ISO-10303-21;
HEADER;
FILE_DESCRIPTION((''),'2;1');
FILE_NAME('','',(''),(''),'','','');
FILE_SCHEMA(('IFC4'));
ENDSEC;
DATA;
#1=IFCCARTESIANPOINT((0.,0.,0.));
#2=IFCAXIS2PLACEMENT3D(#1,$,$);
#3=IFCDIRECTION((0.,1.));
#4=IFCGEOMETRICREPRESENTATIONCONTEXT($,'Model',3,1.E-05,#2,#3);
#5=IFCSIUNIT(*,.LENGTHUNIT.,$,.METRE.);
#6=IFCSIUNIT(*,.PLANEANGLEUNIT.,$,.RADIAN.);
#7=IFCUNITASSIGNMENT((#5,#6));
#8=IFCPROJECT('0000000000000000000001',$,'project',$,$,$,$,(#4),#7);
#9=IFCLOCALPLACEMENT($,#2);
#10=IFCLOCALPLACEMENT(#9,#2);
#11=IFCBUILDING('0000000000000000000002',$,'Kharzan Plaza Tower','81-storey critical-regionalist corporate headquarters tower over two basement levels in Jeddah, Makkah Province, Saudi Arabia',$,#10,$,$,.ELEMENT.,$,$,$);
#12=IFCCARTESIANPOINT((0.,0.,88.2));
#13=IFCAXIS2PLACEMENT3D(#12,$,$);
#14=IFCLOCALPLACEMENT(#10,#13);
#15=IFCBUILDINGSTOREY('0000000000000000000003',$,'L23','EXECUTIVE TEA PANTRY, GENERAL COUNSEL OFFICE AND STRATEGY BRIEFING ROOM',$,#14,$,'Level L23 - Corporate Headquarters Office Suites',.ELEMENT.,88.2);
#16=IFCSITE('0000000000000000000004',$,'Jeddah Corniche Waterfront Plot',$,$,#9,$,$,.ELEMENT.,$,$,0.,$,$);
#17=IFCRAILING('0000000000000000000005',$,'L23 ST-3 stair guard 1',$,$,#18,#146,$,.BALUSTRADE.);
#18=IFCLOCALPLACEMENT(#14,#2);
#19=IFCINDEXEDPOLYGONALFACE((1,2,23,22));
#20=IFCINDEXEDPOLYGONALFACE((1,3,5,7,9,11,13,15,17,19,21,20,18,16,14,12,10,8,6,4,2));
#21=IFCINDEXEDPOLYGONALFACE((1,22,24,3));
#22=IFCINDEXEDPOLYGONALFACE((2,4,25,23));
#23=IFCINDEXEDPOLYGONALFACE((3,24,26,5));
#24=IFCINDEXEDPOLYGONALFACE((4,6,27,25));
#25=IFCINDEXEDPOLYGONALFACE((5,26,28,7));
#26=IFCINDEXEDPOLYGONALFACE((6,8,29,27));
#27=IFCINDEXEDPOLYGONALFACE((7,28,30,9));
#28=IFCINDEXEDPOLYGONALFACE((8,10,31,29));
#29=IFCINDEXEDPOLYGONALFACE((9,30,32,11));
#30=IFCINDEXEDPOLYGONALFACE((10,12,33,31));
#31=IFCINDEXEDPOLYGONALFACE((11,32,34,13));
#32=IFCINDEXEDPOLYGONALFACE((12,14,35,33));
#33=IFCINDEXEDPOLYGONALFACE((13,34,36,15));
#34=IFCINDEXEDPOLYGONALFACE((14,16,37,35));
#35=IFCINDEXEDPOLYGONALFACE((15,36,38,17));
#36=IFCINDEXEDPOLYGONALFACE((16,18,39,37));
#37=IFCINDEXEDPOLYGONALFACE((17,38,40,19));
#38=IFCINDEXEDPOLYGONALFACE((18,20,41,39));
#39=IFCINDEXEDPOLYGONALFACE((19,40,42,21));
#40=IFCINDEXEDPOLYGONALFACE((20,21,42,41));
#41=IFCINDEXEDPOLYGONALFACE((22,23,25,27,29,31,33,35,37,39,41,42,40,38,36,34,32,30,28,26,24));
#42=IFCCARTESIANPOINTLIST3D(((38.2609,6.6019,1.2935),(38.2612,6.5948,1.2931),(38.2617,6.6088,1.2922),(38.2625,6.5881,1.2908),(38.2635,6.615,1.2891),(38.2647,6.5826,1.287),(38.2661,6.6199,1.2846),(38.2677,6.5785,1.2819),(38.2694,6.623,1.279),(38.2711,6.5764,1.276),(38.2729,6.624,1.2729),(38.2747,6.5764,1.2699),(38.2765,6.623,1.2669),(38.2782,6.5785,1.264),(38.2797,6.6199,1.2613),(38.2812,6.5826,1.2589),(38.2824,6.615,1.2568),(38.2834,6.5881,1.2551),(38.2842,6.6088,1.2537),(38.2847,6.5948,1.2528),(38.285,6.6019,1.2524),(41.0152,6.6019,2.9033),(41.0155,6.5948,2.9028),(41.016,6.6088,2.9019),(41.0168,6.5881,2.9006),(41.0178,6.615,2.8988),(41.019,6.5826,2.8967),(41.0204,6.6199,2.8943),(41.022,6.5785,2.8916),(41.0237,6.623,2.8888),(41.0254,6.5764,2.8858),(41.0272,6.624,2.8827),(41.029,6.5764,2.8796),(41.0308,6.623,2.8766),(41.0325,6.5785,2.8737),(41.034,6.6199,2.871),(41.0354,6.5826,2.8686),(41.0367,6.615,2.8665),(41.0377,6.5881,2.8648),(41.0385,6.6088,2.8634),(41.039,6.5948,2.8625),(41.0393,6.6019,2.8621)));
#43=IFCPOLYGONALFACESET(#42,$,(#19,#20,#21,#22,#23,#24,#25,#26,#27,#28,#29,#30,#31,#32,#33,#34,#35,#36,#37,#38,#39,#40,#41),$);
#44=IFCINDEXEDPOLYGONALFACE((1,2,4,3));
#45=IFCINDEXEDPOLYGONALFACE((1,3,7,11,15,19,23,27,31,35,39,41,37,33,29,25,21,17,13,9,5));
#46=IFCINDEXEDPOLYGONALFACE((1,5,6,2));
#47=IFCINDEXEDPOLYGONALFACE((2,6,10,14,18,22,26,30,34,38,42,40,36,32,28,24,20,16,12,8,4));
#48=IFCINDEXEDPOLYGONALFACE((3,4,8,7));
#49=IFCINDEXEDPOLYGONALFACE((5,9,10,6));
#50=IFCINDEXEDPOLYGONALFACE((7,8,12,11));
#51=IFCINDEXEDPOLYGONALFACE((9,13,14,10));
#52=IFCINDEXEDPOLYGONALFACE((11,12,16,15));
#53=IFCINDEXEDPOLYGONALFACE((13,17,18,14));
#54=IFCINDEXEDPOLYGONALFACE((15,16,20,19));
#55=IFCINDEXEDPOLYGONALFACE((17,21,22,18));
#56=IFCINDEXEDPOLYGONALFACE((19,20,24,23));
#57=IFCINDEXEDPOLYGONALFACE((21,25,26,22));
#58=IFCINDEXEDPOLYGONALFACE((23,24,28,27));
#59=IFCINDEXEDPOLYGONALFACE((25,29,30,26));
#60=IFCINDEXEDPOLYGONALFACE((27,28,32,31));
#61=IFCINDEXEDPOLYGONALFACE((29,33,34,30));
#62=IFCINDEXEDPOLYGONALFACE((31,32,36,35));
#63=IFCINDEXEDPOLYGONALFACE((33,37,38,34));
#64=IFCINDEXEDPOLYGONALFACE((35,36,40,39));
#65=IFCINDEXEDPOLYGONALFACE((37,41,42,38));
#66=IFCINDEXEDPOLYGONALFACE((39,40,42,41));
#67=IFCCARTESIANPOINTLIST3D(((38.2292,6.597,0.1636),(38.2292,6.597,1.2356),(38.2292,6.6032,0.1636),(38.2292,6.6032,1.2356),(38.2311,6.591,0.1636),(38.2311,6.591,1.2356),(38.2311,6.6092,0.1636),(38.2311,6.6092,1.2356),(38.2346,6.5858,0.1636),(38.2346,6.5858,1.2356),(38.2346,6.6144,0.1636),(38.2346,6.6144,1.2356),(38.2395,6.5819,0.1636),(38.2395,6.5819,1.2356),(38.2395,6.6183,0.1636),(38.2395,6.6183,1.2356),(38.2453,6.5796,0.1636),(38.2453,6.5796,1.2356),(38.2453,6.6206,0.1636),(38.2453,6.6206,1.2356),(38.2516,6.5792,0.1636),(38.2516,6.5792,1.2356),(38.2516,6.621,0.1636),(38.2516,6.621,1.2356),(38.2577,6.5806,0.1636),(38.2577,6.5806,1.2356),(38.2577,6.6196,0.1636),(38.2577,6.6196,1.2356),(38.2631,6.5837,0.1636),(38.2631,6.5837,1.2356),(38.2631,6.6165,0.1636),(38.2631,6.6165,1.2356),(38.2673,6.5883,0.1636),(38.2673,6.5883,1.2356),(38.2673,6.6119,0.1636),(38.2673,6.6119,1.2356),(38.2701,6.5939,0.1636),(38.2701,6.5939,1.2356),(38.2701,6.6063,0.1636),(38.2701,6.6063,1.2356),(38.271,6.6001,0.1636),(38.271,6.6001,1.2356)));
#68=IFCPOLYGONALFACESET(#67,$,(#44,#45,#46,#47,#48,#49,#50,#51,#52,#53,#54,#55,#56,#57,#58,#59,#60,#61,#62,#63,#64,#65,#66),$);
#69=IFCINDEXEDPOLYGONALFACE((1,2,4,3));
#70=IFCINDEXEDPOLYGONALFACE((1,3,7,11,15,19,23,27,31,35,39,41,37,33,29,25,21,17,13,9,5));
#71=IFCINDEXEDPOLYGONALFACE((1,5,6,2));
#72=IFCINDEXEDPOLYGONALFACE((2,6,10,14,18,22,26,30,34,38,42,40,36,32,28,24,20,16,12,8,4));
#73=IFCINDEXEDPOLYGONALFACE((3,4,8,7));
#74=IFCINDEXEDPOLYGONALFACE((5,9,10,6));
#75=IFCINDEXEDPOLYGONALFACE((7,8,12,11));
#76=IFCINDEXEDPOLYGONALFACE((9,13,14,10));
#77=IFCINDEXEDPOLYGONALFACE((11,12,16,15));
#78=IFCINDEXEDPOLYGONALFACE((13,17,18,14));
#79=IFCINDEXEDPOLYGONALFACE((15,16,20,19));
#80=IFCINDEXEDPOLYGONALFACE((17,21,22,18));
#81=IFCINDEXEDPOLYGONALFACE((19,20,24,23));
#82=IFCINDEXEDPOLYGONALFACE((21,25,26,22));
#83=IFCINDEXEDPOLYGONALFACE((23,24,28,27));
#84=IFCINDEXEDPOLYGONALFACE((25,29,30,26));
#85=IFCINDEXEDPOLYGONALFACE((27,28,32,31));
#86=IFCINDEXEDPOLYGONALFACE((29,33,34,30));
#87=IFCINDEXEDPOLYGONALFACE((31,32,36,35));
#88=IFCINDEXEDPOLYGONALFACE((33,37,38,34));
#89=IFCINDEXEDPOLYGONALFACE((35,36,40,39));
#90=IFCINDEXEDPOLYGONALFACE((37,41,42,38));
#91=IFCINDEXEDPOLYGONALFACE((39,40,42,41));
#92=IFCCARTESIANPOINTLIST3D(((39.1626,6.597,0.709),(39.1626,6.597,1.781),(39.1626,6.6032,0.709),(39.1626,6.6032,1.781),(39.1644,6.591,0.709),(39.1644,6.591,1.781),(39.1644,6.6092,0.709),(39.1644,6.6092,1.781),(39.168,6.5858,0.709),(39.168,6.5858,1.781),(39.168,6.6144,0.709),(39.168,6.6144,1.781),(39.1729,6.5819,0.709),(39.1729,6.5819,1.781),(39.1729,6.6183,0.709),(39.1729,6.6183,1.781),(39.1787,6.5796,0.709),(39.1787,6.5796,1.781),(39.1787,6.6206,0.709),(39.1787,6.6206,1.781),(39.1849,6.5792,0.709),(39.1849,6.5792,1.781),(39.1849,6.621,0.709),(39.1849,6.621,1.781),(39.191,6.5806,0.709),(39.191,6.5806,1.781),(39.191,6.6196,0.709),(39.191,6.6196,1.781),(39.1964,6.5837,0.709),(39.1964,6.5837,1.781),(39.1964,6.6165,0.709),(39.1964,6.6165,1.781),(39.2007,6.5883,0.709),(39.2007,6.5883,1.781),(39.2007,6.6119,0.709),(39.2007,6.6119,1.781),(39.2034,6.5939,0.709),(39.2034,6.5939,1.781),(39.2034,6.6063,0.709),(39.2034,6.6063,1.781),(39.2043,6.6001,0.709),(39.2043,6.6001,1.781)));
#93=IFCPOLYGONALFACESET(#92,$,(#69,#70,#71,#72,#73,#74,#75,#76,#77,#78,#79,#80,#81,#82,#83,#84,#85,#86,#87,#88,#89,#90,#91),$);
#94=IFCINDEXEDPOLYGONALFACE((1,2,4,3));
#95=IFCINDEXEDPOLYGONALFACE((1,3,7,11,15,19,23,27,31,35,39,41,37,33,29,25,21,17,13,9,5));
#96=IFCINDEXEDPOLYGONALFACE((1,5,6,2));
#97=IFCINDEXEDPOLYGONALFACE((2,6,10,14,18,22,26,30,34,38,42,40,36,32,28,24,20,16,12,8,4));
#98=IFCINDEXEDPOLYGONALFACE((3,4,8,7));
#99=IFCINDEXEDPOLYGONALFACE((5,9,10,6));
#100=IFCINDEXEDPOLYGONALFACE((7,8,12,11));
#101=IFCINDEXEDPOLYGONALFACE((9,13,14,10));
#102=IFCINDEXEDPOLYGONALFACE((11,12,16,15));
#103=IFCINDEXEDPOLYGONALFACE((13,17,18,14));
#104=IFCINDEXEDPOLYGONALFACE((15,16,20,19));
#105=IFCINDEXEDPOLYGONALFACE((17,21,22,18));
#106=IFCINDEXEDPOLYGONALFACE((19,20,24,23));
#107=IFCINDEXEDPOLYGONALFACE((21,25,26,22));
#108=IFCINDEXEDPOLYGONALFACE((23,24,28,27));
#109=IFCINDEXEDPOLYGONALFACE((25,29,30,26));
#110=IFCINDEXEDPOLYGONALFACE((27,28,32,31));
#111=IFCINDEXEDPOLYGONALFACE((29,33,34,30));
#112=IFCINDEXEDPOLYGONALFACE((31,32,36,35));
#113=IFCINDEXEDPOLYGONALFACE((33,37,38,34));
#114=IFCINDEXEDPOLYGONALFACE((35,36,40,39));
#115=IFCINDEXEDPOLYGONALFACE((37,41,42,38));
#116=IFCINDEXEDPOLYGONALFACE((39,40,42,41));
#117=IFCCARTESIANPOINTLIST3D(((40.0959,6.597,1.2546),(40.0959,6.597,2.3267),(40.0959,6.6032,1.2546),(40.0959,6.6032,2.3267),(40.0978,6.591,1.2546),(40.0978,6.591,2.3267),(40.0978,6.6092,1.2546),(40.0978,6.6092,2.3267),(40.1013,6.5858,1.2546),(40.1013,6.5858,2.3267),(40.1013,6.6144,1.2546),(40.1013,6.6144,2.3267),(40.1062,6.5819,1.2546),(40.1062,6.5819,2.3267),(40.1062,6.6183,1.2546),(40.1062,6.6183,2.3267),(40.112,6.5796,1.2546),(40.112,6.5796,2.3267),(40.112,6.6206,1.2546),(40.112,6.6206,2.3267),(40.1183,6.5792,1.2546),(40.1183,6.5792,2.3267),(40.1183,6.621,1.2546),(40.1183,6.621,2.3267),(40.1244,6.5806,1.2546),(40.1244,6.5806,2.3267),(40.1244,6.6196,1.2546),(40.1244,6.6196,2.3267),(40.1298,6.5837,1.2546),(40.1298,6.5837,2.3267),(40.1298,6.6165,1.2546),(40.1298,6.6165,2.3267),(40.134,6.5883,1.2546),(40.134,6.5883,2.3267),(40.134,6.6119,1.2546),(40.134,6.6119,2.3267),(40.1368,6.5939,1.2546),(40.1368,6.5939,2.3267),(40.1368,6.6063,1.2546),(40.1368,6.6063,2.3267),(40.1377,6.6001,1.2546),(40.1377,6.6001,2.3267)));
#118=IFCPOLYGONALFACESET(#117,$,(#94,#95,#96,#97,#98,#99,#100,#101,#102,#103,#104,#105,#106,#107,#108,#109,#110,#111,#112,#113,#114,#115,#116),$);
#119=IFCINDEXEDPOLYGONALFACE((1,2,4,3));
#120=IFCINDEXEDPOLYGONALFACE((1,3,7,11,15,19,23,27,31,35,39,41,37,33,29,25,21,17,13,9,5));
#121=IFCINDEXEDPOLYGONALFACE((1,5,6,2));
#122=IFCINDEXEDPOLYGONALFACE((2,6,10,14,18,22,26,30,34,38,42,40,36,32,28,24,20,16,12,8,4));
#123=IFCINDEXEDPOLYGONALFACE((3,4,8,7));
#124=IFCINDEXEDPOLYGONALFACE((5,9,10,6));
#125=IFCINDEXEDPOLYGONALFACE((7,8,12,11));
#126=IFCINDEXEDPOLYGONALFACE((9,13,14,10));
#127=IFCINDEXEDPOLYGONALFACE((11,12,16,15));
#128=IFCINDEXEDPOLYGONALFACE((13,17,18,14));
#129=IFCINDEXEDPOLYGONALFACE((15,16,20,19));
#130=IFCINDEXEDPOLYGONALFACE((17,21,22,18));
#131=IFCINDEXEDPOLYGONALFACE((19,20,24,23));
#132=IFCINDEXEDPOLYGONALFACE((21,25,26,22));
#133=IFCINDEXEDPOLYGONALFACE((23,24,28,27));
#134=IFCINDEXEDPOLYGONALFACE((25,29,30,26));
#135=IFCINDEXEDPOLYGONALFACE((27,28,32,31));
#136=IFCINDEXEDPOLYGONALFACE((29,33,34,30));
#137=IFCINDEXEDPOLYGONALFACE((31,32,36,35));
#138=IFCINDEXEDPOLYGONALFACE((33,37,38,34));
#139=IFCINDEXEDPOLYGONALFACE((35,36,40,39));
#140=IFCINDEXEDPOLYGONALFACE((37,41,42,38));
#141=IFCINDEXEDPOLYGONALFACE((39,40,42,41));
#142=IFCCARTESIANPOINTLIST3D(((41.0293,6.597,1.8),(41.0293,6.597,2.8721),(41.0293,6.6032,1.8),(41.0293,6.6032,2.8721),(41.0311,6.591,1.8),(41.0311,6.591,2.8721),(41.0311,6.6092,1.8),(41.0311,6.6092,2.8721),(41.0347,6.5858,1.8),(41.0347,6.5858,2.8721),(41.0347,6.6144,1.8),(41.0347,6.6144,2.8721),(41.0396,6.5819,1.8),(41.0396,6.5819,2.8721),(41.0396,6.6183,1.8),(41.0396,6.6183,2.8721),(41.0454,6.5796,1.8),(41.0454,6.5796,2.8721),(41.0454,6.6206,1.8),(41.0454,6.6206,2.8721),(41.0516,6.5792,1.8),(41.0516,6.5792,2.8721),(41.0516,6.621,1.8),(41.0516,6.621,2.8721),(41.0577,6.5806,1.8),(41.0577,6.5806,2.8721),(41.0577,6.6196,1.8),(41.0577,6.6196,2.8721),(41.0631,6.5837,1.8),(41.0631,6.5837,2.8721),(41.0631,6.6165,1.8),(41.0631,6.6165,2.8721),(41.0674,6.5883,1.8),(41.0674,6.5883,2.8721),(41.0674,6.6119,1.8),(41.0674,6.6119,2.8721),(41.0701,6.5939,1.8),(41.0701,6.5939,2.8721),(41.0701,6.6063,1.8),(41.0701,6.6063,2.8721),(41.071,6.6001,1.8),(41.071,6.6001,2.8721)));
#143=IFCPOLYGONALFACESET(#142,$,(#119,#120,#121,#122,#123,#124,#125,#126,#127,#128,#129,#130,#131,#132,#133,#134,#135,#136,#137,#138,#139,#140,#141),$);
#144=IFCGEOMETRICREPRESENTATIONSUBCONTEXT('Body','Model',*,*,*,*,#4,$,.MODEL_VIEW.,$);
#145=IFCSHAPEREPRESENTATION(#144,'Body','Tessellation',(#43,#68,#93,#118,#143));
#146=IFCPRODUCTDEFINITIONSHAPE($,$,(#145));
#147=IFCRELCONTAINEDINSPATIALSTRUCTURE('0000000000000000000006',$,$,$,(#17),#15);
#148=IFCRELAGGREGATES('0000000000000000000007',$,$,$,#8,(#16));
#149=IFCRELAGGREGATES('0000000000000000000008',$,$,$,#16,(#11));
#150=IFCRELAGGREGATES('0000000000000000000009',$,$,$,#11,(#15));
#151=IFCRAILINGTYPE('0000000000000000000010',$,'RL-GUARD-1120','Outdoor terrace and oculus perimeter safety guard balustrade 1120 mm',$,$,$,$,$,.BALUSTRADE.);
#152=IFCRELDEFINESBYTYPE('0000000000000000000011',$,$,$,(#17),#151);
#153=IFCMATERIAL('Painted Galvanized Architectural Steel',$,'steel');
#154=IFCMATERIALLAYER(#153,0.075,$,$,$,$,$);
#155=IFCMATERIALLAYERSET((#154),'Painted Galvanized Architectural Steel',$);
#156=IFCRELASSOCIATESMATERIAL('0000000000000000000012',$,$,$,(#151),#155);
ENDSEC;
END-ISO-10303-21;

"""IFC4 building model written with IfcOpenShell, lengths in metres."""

from ifc_helpers import new_model, si_unit, direction, frame, origin, origin_2d, place, context, subcontext, project, spatial, circle, extrude, source, transform, mapped, material, layer, layer_set, type_object, element, save


model = new_model("IFC4")

# Units and contexts
model_context = context("Model", 3, precision=1e-05, world=origin(), true_north=direction((0.0, 1.0)))
body_context = subcontext(model_context, "Body", "Model", "MODEL_VIEW")
ifc_project = project(units=[si_unit("LENGTHUNIT", "METRE"), si_unit("PLANEANGLEUNIT", "RADIAN")], contexts=[model_context])

# Site, building, storey
site_placement = place(None, origin())
site = spatial("IfcSite", under=ifc_project, at=site_placement, Name="Jeddah Corniche Waterfront Plot", CompositionType="ELEMENT", RefElevation=0.0)
building_placement = place(site_placement, origin())
building = spatial("IfcBuilding", under=site, at=building_placement, Name="Kharzan Plaza Tower", Description="81-storey critical-regionalist corporate headquarters tower over two basement levels in Jeddah, Makkah Province, Saudi Arabia", CompositionType="ELEMENT")
storey_placement = place(building_placement, frame((0.0, 0.0, 88.2)))
storey = spatial("IfcBuildingStorey", under=building, at=storey_placement, Name="L23", Description="EXECUTIVE TEA PANTRY, GENERAL COUNSEL OFFICE AND STRATEGY BRIEFING ROOM", LongName="Level L23 - Corporate Headquarters Office Suites", CompositionType="ELEMENT", Elevation=88.2)

# Railing
ifc_material_1 = material(Name="Painted Galvanized Architectural Steel", Category="steel")
ifc_layer_1 = layer(ifc_material_1, 0.075)
ifc_layer_set_1 = layer_set([ifc_layer_1], Name="Painted Galvanized Architectural Steel")
railing_type_1 = type_object("IfcRailingType", Name="RL-GUARD-1120", Description="Outdoor terrace and oculus perimeter safety guard balustrade 1120 mm", PredefinedType="BALUSTRADE", material=ifc_layer_set_1)
shared_shape_1 = source(origin(), body_context, "Body", "SweptSolid", [
    extrude(circle(Radius=0.0239, at=origin_2d()), frame((0.0229, 0.0, 1.1094), z_axis=(0.863361, 0.0, 0.504587), x_axis=(0.0, 1.0, 0.0)), (0.0, 0.0, 1.0), 3.1902),
    extrude(circle(Radius=0.021, at=origin_2d()), origin(), (0.0, 0.0, 1.0), 1.072),
    extrude(circle(Radius=0.021, at=origin_2d()), frame((0.9333, 0.0, 0.5454)), (0.0, 0.0, 1.0), 1.072),
    extrude(circle(Radius=0.021, at=origin_2d()), frame((1.8667, 0.0, 1.0911)), (0.0, 0.0, 1.0), 1.072),
    extrude(circle(Radius=0.021, at=origin_2d()), frame((2.8, 0.0, 1.6365)), (0.0, 0.0, 1.0), 1.072),
])
railing_1_placement = place(storey_placement, frame((38.25, 6.6001, 0.1636)))
element("IfcRailing", 1, at=railing_1_placement, inside=storey, type_object=railing_type_1, Name="L23 ST-3 stair guard 1", PredefinedType="BALUSTRADE", context=body_context, shape_type="MappedRepresentation", body=[
    mapped(shared_shape_1, transform((0.0, 0.0, 0.0), x_axis=(1.0, 0.0, 0.0), y_axis=(0.0, 1.0, 0.0), z_axis=(0.0, 0.0, 1.0))),
])

save(model, "model.ifc")
